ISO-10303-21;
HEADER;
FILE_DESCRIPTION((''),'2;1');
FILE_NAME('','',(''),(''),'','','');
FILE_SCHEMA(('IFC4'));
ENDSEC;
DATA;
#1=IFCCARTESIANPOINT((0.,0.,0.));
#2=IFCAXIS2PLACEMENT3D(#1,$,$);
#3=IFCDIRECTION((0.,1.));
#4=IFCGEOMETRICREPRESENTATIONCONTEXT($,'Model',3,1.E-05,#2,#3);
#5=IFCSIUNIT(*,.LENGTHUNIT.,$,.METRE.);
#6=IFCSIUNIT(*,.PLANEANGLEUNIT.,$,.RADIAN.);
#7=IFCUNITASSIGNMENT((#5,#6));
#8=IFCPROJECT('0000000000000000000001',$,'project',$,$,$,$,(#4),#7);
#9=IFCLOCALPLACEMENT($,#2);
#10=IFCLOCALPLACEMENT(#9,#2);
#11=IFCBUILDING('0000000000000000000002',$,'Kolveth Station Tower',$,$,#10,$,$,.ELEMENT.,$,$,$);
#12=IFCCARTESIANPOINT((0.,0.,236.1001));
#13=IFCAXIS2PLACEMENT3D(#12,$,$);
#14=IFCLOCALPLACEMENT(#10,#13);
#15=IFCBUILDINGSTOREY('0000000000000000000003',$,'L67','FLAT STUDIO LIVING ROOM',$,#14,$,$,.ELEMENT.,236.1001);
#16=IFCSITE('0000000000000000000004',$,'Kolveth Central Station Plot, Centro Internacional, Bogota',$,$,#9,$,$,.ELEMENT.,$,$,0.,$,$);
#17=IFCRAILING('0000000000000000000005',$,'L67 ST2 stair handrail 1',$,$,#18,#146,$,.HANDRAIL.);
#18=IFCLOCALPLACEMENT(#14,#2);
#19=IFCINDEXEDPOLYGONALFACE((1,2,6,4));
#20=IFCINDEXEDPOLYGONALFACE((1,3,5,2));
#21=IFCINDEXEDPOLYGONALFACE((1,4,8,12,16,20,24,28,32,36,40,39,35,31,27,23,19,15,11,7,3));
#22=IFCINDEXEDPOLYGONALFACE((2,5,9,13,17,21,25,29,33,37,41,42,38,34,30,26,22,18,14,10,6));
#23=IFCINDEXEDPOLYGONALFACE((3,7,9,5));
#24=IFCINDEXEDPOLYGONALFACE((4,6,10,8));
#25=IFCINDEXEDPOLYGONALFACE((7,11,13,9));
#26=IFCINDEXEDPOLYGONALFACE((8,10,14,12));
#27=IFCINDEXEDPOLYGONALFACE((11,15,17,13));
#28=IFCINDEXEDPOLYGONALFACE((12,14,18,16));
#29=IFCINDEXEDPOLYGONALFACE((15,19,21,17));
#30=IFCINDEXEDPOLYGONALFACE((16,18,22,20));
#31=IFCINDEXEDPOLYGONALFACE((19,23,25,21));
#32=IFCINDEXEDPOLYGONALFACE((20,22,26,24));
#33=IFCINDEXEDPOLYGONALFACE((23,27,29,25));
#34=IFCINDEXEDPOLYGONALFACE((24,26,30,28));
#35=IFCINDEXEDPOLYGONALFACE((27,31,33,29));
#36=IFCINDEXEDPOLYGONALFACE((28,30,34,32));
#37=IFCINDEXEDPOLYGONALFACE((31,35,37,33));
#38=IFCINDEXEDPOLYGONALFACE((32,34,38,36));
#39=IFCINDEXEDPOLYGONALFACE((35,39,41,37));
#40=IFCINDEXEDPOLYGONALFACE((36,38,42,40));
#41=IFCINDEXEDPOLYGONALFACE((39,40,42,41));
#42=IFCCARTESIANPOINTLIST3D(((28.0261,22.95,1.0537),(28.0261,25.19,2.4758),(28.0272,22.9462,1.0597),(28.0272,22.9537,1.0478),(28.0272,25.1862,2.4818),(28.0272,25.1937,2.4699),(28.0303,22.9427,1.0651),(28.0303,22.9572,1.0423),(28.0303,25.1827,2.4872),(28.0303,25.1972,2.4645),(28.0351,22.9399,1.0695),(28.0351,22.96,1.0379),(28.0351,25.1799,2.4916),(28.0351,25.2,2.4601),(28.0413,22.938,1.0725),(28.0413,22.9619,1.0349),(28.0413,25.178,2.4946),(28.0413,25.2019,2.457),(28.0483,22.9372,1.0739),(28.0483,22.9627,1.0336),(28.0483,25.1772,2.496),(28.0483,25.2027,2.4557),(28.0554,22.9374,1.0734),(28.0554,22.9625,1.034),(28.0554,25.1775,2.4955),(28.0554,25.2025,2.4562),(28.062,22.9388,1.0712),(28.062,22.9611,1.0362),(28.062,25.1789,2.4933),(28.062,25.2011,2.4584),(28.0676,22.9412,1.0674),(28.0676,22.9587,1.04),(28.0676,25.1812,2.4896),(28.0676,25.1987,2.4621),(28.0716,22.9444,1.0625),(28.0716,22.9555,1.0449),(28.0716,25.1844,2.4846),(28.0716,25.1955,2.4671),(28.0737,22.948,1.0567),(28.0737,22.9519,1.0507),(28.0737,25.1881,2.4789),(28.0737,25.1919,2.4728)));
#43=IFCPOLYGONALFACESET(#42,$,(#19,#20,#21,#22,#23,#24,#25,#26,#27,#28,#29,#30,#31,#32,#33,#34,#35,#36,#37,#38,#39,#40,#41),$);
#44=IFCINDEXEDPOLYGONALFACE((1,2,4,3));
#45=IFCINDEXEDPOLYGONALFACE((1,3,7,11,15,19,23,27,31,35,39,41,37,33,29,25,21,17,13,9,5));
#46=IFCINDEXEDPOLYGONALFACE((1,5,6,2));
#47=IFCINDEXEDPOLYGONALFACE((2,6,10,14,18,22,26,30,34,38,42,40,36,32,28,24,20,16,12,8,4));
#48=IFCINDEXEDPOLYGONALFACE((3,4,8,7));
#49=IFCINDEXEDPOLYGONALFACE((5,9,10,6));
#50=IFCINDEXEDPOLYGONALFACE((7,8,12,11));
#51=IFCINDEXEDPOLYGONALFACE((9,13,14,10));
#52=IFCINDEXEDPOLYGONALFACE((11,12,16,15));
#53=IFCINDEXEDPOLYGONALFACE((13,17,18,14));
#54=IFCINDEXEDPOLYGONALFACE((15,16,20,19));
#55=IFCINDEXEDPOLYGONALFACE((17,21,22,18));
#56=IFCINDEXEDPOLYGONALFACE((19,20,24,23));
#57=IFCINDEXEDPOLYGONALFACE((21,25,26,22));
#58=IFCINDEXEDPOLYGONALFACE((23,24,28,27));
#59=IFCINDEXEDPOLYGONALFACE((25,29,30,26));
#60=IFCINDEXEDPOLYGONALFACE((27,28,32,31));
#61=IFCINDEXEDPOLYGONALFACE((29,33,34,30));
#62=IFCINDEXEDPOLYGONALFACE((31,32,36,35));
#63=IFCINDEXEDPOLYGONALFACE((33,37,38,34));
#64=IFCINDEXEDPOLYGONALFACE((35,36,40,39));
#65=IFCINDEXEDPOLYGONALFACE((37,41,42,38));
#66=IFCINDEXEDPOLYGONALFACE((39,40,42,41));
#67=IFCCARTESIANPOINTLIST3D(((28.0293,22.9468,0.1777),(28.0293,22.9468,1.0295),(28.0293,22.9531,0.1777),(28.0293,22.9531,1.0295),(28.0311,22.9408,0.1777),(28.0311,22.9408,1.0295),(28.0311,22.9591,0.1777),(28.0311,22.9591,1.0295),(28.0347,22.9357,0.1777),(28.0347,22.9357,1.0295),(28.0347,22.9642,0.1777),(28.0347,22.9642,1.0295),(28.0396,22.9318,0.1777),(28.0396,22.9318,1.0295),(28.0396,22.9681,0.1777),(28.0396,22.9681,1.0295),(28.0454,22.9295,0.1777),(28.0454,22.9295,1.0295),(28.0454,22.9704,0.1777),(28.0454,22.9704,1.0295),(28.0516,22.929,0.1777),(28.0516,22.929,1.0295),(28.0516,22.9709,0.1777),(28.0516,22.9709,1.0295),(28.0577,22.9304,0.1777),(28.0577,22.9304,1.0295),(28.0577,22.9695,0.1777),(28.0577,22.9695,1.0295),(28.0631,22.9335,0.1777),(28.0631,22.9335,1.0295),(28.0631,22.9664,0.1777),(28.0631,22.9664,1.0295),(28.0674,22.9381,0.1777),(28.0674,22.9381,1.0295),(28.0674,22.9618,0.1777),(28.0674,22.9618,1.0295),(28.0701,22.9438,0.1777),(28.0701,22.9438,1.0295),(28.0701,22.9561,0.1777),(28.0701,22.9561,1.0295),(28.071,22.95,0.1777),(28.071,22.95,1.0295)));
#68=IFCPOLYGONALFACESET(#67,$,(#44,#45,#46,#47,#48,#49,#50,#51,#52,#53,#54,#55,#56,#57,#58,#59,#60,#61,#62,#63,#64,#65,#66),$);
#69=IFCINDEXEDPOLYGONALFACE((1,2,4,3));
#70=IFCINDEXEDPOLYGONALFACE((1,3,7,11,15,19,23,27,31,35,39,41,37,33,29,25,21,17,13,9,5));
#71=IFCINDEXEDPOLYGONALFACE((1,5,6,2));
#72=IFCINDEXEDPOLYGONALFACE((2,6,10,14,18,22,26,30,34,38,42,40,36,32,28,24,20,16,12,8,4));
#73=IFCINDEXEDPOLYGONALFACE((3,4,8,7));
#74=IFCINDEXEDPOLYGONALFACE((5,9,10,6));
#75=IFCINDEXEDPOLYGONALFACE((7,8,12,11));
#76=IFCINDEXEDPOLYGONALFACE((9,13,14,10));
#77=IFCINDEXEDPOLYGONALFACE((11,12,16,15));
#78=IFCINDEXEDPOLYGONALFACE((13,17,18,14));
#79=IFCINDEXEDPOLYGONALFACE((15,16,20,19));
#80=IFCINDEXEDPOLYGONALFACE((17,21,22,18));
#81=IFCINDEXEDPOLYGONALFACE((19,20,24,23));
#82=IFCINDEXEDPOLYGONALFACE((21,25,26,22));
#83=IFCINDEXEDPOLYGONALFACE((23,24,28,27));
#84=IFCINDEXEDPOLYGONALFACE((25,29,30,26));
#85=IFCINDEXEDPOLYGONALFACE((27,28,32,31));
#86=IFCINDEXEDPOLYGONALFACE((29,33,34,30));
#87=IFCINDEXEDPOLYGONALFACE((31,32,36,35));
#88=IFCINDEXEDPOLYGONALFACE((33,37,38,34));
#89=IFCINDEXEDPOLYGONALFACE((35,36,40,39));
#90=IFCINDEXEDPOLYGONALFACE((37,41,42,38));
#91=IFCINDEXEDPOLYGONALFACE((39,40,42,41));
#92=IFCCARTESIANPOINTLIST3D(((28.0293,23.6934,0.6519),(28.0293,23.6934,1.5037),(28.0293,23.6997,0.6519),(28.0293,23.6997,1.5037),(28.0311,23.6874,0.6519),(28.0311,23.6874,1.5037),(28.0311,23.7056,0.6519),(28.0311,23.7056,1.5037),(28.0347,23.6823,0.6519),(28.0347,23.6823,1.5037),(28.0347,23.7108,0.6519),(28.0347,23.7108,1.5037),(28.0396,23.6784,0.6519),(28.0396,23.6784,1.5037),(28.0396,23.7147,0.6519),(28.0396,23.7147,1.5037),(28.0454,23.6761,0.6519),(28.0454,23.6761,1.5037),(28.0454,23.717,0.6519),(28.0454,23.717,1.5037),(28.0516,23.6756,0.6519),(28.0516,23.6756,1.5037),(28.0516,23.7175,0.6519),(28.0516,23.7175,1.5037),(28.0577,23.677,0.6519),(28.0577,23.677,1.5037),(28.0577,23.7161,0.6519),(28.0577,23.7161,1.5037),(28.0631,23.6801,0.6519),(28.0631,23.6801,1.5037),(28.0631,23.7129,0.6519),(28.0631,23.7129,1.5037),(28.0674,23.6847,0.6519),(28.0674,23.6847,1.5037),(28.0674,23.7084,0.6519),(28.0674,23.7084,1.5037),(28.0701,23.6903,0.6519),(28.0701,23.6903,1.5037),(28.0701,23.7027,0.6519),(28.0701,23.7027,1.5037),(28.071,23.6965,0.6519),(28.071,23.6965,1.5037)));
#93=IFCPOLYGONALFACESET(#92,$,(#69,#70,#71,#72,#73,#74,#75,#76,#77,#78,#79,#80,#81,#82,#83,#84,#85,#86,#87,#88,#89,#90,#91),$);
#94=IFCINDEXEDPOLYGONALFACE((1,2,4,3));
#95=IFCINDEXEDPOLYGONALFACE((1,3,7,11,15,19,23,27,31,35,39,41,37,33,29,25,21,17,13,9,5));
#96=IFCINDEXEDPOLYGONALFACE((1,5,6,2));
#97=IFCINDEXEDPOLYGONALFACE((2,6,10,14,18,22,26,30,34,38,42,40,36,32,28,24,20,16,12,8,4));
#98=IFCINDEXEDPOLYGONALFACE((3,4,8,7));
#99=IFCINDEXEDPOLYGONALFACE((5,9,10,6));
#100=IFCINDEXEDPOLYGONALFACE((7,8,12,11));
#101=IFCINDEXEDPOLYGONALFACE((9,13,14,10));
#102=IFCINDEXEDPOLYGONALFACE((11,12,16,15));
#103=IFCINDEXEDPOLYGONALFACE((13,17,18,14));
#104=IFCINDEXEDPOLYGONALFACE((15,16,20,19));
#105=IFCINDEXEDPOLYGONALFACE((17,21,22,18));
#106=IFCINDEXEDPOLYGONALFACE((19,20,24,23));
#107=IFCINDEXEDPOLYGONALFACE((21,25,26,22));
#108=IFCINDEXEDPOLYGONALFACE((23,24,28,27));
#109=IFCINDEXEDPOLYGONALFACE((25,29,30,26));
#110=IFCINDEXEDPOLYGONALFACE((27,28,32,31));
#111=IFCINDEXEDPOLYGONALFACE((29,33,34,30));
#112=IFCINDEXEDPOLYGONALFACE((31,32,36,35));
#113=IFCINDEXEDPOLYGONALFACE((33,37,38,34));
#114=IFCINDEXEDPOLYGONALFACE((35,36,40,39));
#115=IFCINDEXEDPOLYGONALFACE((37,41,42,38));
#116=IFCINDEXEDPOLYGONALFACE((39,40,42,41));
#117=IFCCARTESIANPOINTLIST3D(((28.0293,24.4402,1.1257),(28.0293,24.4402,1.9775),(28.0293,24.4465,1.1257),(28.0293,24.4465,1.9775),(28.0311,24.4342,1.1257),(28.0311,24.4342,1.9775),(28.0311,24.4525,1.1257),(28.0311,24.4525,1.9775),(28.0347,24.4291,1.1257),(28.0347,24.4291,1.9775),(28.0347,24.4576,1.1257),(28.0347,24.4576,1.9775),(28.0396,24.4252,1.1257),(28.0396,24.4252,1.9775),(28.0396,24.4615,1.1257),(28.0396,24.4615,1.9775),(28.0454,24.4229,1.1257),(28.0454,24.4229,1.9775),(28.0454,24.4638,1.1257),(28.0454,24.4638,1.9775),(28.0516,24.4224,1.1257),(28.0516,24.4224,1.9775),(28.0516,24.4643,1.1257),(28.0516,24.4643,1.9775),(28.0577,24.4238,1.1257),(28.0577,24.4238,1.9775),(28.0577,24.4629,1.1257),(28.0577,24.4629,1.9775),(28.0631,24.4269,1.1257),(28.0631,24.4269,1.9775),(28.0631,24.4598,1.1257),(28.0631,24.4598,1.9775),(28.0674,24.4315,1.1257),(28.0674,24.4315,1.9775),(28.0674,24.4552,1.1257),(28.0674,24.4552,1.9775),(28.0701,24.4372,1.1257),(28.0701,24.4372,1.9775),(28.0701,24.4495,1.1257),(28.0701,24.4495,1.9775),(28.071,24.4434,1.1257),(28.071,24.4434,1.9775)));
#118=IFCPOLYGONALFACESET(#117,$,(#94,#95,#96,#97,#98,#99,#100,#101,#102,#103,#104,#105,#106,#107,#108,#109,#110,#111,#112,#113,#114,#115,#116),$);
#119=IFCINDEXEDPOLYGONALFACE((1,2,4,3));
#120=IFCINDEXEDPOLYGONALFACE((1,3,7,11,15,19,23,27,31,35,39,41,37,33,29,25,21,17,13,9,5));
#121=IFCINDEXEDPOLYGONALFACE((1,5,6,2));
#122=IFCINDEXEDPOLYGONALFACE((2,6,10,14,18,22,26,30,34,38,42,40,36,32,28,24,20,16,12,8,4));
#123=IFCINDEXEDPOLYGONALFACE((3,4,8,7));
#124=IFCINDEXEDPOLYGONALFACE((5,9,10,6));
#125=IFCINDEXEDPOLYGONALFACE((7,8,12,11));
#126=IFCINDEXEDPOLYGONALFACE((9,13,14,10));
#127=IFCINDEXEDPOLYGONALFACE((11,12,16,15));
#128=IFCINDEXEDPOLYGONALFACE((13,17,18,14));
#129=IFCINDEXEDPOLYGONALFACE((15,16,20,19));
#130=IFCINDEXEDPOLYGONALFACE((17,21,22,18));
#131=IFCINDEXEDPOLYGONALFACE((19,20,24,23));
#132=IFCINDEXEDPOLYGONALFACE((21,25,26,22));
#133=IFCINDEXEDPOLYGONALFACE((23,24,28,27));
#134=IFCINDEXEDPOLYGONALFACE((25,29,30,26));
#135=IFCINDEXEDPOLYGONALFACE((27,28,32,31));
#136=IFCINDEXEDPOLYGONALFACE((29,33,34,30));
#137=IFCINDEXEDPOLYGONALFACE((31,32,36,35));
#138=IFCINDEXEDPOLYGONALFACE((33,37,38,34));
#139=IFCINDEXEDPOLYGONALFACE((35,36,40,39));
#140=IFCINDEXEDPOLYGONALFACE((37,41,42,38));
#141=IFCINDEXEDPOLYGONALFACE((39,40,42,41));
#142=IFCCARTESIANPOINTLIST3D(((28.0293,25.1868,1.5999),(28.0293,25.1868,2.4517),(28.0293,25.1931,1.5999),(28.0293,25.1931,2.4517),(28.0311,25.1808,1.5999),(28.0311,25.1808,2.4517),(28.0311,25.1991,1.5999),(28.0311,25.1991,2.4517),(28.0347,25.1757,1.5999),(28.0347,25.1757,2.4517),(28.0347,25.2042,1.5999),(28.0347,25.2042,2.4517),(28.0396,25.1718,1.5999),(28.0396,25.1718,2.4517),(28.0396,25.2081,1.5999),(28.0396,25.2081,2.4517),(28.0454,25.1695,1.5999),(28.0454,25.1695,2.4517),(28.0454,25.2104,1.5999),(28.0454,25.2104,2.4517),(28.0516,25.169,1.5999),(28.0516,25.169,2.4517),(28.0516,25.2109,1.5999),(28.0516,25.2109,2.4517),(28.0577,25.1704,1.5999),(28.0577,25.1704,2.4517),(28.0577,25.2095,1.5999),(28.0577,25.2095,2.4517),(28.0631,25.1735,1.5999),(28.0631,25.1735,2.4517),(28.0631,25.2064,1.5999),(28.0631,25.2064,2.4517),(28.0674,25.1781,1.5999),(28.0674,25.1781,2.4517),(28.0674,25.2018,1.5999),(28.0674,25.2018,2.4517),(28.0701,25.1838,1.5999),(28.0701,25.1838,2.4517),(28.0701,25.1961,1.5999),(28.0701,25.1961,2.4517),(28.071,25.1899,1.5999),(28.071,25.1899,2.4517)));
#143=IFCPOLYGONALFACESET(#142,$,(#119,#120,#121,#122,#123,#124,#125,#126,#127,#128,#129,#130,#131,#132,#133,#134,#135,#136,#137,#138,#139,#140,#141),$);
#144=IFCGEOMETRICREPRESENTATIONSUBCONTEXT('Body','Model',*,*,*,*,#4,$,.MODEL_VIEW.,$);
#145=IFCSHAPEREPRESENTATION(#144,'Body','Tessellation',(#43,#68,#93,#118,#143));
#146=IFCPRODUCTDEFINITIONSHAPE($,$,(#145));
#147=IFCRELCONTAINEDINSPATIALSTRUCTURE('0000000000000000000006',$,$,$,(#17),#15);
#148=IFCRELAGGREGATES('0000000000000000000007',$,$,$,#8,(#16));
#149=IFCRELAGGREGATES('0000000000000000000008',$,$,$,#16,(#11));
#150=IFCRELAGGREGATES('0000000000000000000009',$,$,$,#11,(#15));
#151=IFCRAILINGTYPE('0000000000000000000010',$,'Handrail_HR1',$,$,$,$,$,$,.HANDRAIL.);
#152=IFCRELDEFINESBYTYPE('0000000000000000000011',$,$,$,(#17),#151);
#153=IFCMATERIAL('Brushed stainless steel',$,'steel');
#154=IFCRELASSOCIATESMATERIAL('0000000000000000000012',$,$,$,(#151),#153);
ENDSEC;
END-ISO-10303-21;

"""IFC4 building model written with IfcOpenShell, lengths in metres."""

from ifc_helpers import new_model, si_unit, direction, frame, origin, origin_2d, place, context, subcontext, project, spatial, circle, extrude, material, type_object, element, save


model = new_model("IFC4")

# Units and contexts
model_context = context("Model", 3, precision=1e-05, world=origin(), true_north=direction((0.0, 1.0)))
body_context = subcontext(model_context, "Body", "Model", "MODEL_VIEW")
ifc_project = project(units=[si_unit("LENGTHUNIT", "METRE"), si_unit("PLANEANGLEUNIT", "RADIAN")], contexts=[model_context])

# Site, building, storey
site_placement = place(None, origin())
site = spatial("IfcSite", under=ifc_project, at=site_placement, Name="Kolveth Central Station Plot, Centro Internacional, Bogota", CompositionType="ELEMENT", RefElevation=0.0)
building_placement = place(site_placement, origin())
building = spatial("IfcBuilding", under=site, at=building_placement, Name="Kolveth Station Tower", CompositionType="ELEMENT")
storey_placement = place(building_placement, frame((0.0, 0.0, 236.1001)))
storey = spatial("IfcBuildingStorey", under=building, at=storey_placement, Name="L67", Description="FLAT STUDIO LIVING ROOM", CompositionType="ELEMENT", Elevation=236.1001)

# Railing
ifc_material_1 = material(Name="Brushed stainless steel", Category="steel")
railing_type_1 = type_object("IfcRailingType", Name="Handrail_HR1", PredefinedType="HANDRAIL", material=ifc_material_1)
for number, where, name in (
    (1, (28.05, 22.95, 0.1777), "L67 ST2 stair handrail 1"),
):
    element("IfcRailing", number, at=place(storey_placement, frame(where)), inside=storey, type_object=railing_type_1, Name=name, PredefinedType="HANDRAIL", context=body_context, shape_type="SweptSolid", body=[
        extrude(circle(Radius=0.0239, at=origin_2d()), frame((0.0, 0.0, 0.876), z_axis=(0.0, 0.844229, 0.535982), x_axis=(-1.0, 0.0, 0.0)), (0.0, 0.0, 1.0), 2.6533),
        extrude(circle(Radius=0.021, at=origin_2d()), origin(), (0.0, 0.0, 1.0), 0.8518),
        extrude(circle(Radius=0.021, at=origin_2d()), frame((0.0, 0.7466, 0.4741)), (0.0, 0.0, 1.0), 0.8518),
        extrude(circle(Radius=0.021, at=origin_2d()), frame((0.0, 1.4934, 0.948)), (0.0, 0.0, 1.0), 0.8518),
        extrude(circle(Radius=0.021, at=origin_2d()), frame((0.0, 2.24, 1.4221)), (0.0, 0.0, 1.0), 0.8518),
    ])

save(model, "model.ifc")
